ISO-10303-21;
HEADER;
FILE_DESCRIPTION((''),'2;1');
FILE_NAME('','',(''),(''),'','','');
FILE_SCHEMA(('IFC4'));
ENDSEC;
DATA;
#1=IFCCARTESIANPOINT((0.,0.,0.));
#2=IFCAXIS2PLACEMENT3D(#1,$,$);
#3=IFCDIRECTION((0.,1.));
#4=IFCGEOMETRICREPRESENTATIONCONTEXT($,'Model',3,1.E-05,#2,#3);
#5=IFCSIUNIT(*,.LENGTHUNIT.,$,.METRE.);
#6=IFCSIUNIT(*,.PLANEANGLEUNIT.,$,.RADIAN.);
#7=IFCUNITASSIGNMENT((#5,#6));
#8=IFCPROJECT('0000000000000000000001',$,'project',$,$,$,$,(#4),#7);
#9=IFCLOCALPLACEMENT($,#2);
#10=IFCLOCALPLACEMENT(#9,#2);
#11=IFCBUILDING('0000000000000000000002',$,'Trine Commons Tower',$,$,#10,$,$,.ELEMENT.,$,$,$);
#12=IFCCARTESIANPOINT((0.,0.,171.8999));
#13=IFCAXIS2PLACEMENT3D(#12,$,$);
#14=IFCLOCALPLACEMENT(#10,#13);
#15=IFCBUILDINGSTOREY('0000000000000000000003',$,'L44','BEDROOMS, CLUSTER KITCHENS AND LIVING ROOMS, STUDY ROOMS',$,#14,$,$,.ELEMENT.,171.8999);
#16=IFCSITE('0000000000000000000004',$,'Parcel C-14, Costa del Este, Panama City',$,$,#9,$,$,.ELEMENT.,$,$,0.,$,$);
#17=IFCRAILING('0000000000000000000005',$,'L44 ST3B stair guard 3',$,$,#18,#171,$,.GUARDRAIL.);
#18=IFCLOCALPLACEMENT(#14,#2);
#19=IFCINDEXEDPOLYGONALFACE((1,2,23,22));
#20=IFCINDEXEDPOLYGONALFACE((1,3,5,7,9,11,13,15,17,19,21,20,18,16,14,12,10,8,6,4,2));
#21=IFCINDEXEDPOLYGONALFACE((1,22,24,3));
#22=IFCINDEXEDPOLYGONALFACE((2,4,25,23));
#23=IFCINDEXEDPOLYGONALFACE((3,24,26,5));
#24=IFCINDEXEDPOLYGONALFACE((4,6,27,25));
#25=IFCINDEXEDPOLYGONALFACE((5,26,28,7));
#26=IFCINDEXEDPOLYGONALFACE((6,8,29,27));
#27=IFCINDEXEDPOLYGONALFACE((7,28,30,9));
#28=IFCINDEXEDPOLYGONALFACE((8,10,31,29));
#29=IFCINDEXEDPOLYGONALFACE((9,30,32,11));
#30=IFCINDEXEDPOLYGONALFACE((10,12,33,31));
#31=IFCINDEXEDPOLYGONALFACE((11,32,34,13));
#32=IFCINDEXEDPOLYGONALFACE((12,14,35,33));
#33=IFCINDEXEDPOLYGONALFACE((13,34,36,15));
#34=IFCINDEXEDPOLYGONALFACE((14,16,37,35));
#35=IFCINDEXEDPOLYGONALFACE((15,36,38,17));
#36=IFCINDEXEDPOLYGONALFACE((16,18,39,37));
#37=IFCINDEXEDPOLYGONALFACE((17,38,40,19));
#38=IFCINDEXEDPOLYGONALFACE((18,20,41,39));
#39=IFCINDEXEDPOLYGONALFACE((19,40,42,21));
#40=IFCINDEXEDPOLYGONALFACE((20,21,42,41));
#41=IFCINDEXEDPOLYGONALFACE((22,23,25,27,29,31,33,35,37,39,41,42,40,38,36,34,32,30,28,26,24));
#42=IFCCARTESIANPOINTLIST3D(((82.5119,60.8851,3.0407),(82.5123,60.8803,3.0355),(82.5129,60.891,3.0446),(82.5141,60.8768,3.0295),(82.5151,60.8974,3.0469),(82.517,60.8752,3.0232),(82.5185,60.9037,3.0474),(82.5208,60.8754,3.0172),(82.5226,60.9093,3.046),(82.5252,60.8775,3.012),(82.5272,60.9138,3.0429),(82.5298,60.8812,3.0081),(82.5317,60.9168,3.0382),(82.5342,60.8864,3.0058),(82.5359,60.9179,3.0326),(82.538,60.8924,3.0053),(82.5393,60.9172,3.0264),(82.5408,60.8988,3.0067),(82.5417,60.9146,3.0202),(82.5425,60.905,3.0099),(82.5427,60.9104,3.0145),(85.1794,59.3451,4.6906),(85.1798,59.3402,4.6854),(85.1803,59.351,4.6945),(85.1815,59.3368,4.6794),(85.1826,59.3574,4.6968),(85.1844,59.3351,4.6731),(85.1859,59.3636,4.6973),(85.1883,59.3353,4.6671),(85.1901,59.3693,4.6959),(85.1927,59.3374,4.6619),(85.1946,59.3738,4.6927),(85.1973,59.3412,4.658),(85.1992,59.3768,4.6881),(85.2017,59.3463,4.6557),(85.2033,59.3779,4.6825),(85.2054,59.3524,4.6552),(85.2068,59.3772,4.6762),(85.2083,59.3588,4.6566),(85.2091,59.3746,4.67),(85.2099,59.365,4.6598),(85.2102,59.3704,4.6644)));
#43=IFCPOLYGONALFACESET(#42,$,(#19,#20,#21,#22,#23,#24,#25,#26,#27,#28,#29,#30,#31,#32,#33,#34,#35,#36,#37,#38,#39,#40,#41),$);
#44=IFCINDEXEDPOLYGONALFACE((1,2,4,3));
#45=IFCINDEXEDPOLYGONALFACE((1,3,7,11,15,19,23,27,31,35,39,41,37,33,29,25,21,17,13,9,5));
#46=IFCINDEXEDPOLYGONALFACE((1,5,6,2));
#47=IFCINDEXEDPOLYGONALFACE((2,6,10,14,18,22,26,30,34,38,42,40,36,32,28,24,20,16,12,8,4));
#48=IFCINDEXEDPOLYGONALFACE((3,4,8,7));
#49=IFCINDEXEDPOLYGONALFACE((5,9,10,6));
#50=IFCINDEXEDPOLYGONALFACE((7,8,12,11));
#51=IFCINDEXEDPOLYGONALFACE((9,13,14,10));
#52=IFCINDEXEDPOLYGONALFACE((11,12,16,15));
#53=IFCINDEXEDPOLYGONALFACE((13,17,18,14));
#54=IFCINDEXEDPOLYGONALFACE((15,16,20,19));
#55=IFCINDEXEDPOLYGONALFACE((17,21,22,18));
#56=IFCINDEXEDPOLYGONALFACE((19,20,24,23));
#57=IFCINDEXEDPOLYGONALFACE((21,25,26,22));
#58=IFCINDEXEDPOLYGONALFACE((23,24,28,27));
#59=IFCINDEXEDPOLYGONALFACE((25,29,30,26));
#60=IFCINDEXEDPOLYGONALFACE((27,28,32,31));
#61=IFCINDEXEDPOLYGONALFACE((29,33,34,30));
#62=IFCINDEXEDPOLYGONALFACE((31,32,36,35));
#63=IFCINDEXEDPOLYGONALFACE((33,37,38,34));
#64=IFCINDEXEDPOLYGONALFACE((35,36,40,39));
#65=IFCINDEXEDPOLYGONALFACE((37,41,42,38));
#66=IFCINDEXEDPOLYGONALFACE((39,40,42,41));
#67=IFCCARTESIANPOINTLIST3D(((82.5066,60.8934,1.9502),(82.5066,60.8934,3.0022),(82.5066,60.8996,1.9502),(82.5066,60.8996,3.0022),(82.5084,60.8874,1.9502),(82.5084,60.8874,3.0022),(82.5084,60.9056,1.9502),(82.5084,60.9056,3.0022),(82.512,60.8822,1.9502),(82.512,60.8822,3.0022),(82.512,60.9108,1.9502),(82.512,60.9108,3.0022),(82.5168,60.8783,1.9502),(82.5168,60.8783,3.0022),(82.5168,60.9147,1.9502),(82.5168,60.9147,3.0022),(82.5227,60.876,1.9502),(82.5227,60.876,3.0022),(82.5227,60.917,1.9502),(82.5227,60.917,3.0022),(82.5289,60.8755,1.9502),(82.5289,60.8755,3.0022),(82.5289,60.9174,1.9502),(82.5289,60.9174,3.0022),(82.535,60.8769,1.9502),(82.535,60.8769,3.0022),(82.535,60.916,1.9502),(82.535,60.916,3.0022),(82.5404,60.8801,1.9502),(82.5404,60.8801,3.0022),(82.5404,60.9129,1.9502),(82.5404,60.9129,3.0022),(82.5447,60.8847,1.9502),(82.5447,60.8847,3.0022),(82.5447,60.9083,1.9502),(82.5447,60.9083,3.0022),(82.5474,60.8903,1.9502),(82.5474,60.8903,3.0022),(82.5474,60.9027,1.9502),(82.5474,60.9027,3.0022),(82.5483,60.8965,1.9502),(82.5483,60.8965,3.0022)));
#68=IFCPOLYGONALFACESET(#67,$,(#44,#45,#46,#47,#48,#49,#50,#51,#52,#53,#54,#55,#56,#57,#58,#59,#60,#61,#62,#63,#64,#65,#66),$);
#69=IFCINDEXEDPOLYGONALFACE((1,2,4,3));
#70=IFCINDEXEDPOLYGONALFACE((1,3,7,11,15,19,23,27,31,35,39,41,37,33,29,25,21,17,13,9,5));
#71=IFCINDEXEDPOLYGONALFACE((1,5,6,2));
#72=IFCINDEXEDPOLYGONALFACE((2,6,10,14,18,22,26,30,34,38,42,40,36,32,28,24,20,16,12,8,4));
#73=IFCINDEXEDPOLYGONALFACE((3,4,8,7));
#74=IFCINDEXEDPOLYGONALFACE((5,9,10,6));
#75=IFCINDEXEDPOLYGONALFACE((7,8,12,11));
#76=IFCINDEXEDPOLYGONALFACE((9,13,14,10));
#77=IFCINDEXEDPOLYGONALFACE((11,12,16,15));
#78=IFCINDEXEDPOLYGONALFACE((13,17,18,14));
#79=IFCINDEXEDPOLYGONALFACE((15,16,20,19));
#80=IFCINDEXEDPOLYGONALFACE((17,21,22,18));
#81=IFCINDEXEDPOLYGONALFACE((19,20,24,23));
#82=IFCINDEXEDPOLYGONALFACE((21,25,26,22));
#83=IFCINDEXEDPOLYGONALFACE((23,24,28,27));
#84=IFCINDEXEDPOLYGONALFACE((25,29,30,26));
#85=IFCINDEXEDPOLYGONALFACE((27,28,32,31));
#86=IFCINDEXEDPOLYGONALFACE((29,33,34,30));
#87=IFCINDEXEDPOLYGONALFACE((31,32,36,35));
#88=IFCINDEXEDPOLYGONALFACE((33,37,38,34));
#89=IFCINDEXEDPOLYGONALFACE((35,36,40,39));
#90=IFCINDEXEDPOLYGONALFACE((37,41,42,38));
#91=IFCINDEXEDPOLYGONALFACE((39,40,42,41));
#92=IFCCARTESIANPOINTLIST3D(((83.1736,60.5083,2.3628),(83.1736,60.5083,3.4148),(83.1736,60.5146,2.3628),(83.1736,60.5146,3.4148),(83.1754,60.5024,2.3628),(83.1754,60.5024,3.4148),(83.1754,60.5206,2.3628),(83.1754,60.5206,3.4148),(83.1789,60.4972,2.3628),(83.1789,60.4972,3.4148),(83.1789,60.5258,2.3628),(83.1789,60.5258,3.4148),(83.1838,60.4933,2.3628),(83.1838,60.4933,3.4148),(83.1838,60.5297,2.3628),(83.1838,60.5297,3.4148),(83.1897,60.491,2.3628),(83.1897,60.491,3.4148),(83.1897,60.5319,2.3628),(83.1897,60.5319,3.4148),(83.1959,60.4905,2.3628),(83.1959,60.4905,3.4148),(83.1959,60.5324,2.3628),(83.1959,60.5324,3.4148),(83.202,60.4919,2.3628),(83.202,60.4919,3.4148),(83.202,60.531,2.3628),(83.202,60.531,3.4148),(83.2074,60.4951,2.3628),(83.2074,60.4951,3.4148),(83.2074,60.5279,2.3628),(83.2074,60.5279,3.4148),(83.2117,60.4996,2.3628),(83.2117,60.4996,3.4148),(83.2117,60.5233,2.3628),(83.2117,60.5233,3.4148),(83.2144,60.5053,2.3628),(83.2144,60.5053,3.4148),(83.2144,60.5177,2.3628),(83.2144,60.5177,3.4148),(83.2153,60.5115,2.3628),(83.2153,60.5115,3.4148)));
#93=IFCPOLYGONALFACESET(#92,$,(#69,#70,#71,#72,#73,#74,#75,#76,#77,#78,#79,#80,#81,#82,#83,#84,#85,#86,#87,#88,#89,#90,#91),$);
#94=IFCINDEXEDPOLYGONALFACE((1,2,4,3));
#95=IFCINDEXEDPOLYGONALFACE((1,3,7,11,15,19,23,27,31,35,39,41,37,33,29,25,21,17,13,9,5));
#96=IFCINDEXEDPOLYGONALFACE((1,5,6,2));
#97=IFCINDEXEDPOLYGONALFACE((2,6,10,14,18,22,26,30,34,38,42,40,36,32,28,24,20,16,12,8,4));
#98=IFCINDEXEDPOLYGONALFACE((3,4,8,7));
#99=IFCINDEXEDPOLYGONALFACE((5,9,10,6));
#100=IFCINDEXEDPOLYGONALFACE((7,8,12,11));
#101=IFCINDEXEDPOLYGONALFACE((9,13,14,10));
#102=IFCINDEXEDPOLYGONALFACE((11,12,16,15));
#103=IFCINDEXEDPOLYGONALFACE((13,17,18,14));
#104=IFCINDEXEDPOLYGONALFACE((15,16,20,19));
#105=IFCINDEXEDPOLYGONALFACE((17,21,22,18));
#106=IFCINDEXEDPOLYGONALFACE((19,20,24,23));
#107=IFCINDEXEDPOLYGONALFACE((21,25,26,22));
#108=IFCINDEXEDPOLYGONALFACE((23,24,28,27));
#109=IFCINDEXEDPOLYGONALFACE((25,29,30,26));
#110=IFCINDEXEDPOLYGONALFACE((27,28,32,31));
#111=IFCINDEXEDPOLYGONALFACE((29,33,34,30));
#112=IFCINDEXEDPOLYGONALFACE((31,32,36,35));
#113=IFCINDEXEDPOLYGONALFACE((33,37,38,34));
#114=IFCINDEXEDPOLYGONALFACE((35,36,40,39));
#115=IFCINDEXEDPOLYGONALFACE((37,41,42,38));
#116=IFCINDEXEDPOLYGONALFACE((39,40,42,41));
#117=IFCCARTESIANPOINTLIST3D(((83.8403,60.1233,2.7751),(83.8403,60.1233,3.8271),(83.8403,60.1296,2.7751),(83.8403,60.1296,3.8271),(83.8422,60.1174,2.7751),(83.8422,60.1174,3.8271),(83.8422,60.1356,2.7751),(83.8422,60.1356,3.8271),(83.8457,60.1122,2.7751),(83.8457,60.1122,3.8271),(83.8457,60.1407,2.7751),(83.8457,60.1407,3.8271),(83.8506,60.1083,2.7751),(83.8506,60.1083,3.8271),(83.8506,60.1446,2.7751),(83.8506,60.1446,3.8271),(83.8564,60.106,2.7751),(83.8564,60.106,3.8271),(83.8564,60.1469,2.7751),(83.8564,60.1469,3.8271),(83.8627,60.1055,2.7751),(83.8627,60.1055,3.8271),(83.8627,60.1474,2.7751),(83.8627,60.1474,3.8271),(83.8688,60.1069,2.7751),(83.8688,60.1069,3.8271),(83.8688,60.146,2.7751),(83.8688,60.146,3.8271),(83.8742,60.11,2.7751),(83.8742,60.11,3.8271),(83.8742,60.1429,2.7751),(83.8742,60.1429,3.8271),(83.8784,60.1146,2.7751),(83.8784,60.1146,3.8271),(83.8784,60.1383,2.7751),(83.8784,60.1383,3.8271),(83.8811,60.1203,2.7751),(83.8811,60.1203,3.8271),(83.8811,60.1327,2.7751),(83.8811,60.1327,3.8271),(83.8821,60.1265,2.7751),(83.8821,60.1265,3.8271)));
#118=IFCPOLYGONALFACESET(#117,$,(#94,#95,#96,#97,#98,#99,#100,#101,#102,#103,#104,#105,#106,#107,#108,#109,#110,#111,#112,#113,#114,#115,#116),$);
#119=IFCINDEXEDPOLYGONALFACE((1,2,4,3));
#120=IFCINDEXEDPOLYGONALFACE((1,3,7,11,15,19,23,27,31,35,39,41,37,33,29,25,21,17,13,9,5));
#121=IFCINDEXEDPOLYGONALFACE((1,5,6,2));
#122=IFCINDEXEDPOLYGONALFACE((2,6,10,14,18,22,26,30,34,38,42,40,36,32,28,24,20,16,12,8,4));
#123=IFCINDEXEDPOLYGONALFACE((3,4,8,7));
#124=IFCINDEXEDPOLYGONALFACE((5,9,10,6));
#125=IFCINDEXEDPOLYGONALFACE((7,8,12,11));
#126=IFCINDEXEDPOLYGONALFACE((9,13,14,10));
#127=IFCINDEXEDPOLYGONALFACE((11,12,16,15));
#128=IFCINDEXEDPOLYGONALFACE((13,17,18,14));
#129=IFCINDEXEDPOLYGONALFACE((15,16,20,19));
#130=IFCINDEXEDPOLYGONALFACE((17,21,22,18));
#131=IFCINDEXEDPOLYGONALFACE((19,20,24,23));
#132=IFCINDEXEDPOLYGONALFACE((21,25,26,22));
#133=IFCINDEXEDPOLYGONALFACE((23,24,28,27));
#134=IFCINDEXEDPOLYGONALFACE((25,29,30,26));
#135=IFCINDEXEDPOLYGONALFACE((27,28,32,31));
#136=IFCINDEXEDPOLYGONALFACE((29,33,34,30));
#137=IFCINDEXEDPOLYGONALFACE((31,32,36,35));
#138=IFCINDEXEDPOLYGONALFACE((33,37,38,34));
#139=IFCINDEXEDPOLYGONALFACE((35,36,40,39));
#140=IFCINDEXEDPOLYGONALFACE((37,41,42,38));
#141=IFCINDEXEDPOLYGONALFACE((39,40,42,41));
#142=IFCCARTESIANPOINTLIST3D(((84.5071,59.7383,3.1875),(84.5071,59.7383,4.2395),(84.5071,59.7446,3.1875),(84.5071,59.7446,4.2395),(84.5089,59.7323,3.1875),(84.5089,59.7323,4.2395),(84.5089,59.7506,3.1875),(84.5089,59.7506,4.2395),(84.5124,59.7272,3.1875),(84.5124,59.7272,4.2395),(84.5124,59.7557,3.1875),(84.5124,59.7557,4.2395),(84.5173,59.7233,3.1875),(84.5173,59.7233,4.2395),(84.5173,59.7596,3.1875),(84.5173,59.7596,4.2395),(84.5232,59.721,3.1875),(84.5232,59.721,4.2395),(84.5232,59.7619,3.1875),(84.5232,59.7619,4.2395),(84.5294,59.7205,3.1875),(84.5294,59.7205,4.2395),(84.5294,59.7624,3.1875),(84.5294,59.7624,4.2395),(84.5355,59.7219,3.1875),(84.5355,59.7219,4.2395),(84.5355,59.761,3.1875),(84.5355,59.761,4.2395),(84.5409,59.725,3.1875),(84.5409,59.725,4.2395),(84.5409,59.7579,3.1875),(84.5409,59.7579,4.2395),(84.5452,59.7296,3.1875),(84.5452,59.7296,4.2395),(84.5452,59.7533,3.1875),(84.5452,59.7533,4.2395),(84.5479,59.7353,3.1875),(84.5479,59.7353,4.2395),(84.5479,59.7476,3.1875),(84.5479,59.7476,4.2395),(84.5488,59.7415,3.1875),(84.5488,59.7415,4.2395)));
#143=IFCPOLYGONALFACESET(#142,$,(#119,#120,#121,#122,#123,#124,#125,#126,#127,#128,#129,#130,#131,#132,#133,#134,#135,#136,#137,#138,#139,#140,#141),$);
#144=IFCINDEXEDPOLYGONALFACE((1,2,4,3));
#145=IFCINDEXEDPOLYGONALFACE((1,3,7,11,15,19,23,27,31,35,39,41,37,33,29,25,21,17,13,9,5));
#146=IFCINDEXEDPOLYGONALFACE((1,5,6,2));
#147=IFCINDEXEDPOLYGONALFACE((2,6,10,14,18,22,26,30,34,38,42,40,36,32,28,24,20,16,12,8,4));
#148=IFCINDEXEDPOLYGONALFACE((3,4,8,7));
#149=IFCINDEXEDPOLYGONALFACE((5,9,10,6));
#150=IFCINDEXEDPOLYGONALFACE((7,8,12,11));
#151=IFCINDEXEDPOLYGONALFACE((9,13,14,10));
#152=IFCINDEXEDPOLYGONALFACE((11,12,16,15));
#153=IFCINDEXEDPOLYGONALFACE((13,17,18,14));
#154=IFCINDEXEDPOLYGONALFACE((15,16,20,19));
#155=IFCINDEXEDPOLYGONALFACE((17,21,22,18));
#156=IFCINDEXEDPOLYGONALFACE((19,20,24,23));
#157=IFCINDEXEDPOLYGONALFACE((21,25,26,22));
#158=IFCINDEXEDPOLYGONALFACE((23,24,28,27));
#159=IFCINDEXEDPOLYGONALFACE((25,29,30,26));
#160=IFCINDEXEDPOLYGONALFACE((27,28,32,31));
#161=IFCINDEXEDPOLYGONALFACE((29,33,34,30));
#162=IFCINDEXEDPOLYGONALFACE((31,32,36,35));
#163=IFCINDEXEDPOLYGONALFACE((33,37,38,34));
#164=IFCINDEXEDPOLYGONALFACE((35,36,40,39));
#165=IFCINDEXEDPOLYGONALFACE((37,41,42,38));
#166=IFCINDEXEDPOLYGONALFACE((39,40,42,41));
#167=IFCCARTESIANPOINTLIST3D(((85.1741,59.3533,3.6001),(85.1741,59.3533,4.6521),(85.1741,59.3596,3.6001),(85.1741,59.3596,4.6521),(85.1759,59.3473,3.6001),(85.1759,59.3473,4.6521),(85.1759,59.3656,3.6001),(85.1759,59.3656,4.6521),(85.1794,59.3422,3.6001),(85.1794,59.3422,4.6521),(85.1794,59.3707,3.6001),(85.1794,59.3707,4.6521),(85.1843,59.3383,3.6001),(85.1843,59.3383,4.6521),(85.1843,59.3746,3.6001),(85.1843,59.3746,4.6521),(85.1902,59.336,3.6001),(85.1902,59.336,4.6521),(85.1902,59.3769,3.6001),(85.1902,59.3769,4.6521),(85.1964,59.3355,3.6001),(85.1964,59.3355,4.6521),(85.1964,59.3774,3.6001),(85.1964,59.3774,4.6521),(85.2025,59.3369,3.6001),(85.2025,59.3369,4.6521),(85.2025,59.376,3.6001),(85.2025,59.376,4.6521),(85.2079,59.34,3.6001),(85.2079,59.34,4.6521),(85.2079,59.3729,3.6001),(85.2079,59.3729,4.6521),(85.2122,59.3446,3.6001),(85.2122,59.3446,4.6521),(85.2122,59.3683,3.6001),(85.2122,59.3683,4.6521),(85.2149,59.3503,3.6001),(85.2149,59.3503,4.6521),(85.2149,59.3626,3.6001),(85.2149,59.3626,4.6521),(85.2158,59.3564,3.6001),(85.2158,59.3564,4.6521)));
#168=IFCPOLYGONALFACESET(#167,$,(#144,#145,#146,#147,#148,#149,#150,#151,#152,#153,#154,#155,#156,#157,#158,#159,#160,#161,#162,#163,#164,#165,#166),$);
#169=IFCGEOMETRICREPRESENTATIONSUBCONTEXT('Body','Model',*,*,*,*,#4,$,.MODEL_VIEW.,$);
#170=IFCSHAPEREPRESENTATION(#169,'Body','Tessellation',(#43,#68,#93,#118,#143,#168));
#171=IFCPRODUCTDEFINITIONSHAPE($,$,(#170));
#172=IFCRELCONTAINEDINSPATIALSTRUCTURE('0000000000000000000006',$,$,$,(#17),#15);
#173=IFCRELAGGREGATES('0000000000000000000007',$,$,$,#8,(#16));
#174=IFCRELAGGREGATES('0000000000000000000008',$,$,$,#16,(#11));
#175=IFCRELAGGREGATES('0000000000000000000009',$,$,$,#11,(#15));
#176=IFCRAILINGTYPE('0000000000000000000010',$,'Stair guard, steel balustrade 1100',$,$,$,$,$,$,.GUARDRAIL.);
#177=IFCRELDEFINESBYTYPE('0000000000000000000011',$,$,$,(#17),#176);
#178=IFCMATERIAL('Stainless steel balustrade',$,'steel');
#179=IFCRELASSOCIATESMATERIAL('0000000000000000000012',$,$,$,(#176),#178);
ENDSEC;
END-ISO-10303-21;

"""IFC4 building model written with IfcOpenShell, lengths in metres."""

from ifc_helpers import new_model, si_unit, direction, frame, origin, origin_2d, place, context, subcontext, project, spatial, circle, extrude, material, type_object, element, save


model = new_model("IFC4")

# Units and contexts
model_context = context("Model", 3, precision=1e-05, world=origin(), true_north=direction((0.0, 1.0)))
body_context = subcontext(model_context, "Body", "Model", "MODEL_VIEW")
ifc_project = project(units=[si_unit("LENGTHUNIT", "METRE"), si_unit("PLANEANGLEUNIT", "RADIAN")], contexts=[model_context])

# Site, building, storey
site_placement = place(None, origin())
site = spatial("IfcSite", under=ifc_project, at=site_placement, Name="Parcel C-14, Costa del Este, Panama City", CompositionType="ELEMENT", RefElevation=0.0)
building_placement = place(site_placement, origin())
building = spatial("IfcBuilding", under=site, at=building_placement, Name="Trine Commons Tower", CompositionType="ELEMENT")
storey_placement = place(building_placement, frame((0.0, 0.0, 171.8999)))
storey = spatial("IfcBuildingStorey", under=building, at=storey_placement, Name="L44", Description="BEDROOMS, CLUSTER KITCHENS AND LIVING ROOMS, STUDY ROOMS", CompositionType="ELEMENT", Elevation=171.8999)

# Railing
ifc_material_1 = material(Name="Stainless steel balustrade", Category="steel")
railing_type_1 = type_object("IfcRailingType", Name="Stair guard, steel balustrade 1100", PredefinedType="GUARDRAIL", material=ifc_material_1)
railing_1_placement = place(storey_placement, frame((82.5273, 60.8965, 1.9502)))
element("IfcRailing", 1, at=railing_1_placement, inside=storey, type_object=railing_type_1, Name="L44 ST3B stair guard 3", PredefinedType="GUARDRAIL", context=body_context, shape_type="SweptSolid", body=[
    extrude(circle(Radius=0.0239, at=origin_2d()), frame((0.0, 0.0, 1.0762), z_axis=(0.763405, -0.440743, 0.472185), x_axis=(0.499992, 0.86603, 0.0)), (0.0, 0.0, 1.0), 3.4941),
    extrude(circle(Radius=0.021, at=origin_2d()), origin(), (0.0, 0.0, 1.0), 1.052),
    extrude(circle(Radius=0.021, at=origin_2d()), frame((0.667, -0.385, 0.4126)), (0.0, 0.0, 1.0), 1.052),
    extrude(circle(Radius=0.021, at=origin_2d()), frame((1.3337, -0.77, 0.825)), (0.0, 0.0, 1.0), 1.052),
    extrude(circle(Radius=0.021, at=origin_2d()), frame((2.0005, -1.155, 1.2373)), (0.0, 0.0, 1.0), 1.052),
    extrude(circle(Radius=0.021, at=origin_2d()), frame((2.6675, -1.54, 1.6499)), (0.0, 0.0, 1.0), 1.052),
])

save(model, "model.ifc")
